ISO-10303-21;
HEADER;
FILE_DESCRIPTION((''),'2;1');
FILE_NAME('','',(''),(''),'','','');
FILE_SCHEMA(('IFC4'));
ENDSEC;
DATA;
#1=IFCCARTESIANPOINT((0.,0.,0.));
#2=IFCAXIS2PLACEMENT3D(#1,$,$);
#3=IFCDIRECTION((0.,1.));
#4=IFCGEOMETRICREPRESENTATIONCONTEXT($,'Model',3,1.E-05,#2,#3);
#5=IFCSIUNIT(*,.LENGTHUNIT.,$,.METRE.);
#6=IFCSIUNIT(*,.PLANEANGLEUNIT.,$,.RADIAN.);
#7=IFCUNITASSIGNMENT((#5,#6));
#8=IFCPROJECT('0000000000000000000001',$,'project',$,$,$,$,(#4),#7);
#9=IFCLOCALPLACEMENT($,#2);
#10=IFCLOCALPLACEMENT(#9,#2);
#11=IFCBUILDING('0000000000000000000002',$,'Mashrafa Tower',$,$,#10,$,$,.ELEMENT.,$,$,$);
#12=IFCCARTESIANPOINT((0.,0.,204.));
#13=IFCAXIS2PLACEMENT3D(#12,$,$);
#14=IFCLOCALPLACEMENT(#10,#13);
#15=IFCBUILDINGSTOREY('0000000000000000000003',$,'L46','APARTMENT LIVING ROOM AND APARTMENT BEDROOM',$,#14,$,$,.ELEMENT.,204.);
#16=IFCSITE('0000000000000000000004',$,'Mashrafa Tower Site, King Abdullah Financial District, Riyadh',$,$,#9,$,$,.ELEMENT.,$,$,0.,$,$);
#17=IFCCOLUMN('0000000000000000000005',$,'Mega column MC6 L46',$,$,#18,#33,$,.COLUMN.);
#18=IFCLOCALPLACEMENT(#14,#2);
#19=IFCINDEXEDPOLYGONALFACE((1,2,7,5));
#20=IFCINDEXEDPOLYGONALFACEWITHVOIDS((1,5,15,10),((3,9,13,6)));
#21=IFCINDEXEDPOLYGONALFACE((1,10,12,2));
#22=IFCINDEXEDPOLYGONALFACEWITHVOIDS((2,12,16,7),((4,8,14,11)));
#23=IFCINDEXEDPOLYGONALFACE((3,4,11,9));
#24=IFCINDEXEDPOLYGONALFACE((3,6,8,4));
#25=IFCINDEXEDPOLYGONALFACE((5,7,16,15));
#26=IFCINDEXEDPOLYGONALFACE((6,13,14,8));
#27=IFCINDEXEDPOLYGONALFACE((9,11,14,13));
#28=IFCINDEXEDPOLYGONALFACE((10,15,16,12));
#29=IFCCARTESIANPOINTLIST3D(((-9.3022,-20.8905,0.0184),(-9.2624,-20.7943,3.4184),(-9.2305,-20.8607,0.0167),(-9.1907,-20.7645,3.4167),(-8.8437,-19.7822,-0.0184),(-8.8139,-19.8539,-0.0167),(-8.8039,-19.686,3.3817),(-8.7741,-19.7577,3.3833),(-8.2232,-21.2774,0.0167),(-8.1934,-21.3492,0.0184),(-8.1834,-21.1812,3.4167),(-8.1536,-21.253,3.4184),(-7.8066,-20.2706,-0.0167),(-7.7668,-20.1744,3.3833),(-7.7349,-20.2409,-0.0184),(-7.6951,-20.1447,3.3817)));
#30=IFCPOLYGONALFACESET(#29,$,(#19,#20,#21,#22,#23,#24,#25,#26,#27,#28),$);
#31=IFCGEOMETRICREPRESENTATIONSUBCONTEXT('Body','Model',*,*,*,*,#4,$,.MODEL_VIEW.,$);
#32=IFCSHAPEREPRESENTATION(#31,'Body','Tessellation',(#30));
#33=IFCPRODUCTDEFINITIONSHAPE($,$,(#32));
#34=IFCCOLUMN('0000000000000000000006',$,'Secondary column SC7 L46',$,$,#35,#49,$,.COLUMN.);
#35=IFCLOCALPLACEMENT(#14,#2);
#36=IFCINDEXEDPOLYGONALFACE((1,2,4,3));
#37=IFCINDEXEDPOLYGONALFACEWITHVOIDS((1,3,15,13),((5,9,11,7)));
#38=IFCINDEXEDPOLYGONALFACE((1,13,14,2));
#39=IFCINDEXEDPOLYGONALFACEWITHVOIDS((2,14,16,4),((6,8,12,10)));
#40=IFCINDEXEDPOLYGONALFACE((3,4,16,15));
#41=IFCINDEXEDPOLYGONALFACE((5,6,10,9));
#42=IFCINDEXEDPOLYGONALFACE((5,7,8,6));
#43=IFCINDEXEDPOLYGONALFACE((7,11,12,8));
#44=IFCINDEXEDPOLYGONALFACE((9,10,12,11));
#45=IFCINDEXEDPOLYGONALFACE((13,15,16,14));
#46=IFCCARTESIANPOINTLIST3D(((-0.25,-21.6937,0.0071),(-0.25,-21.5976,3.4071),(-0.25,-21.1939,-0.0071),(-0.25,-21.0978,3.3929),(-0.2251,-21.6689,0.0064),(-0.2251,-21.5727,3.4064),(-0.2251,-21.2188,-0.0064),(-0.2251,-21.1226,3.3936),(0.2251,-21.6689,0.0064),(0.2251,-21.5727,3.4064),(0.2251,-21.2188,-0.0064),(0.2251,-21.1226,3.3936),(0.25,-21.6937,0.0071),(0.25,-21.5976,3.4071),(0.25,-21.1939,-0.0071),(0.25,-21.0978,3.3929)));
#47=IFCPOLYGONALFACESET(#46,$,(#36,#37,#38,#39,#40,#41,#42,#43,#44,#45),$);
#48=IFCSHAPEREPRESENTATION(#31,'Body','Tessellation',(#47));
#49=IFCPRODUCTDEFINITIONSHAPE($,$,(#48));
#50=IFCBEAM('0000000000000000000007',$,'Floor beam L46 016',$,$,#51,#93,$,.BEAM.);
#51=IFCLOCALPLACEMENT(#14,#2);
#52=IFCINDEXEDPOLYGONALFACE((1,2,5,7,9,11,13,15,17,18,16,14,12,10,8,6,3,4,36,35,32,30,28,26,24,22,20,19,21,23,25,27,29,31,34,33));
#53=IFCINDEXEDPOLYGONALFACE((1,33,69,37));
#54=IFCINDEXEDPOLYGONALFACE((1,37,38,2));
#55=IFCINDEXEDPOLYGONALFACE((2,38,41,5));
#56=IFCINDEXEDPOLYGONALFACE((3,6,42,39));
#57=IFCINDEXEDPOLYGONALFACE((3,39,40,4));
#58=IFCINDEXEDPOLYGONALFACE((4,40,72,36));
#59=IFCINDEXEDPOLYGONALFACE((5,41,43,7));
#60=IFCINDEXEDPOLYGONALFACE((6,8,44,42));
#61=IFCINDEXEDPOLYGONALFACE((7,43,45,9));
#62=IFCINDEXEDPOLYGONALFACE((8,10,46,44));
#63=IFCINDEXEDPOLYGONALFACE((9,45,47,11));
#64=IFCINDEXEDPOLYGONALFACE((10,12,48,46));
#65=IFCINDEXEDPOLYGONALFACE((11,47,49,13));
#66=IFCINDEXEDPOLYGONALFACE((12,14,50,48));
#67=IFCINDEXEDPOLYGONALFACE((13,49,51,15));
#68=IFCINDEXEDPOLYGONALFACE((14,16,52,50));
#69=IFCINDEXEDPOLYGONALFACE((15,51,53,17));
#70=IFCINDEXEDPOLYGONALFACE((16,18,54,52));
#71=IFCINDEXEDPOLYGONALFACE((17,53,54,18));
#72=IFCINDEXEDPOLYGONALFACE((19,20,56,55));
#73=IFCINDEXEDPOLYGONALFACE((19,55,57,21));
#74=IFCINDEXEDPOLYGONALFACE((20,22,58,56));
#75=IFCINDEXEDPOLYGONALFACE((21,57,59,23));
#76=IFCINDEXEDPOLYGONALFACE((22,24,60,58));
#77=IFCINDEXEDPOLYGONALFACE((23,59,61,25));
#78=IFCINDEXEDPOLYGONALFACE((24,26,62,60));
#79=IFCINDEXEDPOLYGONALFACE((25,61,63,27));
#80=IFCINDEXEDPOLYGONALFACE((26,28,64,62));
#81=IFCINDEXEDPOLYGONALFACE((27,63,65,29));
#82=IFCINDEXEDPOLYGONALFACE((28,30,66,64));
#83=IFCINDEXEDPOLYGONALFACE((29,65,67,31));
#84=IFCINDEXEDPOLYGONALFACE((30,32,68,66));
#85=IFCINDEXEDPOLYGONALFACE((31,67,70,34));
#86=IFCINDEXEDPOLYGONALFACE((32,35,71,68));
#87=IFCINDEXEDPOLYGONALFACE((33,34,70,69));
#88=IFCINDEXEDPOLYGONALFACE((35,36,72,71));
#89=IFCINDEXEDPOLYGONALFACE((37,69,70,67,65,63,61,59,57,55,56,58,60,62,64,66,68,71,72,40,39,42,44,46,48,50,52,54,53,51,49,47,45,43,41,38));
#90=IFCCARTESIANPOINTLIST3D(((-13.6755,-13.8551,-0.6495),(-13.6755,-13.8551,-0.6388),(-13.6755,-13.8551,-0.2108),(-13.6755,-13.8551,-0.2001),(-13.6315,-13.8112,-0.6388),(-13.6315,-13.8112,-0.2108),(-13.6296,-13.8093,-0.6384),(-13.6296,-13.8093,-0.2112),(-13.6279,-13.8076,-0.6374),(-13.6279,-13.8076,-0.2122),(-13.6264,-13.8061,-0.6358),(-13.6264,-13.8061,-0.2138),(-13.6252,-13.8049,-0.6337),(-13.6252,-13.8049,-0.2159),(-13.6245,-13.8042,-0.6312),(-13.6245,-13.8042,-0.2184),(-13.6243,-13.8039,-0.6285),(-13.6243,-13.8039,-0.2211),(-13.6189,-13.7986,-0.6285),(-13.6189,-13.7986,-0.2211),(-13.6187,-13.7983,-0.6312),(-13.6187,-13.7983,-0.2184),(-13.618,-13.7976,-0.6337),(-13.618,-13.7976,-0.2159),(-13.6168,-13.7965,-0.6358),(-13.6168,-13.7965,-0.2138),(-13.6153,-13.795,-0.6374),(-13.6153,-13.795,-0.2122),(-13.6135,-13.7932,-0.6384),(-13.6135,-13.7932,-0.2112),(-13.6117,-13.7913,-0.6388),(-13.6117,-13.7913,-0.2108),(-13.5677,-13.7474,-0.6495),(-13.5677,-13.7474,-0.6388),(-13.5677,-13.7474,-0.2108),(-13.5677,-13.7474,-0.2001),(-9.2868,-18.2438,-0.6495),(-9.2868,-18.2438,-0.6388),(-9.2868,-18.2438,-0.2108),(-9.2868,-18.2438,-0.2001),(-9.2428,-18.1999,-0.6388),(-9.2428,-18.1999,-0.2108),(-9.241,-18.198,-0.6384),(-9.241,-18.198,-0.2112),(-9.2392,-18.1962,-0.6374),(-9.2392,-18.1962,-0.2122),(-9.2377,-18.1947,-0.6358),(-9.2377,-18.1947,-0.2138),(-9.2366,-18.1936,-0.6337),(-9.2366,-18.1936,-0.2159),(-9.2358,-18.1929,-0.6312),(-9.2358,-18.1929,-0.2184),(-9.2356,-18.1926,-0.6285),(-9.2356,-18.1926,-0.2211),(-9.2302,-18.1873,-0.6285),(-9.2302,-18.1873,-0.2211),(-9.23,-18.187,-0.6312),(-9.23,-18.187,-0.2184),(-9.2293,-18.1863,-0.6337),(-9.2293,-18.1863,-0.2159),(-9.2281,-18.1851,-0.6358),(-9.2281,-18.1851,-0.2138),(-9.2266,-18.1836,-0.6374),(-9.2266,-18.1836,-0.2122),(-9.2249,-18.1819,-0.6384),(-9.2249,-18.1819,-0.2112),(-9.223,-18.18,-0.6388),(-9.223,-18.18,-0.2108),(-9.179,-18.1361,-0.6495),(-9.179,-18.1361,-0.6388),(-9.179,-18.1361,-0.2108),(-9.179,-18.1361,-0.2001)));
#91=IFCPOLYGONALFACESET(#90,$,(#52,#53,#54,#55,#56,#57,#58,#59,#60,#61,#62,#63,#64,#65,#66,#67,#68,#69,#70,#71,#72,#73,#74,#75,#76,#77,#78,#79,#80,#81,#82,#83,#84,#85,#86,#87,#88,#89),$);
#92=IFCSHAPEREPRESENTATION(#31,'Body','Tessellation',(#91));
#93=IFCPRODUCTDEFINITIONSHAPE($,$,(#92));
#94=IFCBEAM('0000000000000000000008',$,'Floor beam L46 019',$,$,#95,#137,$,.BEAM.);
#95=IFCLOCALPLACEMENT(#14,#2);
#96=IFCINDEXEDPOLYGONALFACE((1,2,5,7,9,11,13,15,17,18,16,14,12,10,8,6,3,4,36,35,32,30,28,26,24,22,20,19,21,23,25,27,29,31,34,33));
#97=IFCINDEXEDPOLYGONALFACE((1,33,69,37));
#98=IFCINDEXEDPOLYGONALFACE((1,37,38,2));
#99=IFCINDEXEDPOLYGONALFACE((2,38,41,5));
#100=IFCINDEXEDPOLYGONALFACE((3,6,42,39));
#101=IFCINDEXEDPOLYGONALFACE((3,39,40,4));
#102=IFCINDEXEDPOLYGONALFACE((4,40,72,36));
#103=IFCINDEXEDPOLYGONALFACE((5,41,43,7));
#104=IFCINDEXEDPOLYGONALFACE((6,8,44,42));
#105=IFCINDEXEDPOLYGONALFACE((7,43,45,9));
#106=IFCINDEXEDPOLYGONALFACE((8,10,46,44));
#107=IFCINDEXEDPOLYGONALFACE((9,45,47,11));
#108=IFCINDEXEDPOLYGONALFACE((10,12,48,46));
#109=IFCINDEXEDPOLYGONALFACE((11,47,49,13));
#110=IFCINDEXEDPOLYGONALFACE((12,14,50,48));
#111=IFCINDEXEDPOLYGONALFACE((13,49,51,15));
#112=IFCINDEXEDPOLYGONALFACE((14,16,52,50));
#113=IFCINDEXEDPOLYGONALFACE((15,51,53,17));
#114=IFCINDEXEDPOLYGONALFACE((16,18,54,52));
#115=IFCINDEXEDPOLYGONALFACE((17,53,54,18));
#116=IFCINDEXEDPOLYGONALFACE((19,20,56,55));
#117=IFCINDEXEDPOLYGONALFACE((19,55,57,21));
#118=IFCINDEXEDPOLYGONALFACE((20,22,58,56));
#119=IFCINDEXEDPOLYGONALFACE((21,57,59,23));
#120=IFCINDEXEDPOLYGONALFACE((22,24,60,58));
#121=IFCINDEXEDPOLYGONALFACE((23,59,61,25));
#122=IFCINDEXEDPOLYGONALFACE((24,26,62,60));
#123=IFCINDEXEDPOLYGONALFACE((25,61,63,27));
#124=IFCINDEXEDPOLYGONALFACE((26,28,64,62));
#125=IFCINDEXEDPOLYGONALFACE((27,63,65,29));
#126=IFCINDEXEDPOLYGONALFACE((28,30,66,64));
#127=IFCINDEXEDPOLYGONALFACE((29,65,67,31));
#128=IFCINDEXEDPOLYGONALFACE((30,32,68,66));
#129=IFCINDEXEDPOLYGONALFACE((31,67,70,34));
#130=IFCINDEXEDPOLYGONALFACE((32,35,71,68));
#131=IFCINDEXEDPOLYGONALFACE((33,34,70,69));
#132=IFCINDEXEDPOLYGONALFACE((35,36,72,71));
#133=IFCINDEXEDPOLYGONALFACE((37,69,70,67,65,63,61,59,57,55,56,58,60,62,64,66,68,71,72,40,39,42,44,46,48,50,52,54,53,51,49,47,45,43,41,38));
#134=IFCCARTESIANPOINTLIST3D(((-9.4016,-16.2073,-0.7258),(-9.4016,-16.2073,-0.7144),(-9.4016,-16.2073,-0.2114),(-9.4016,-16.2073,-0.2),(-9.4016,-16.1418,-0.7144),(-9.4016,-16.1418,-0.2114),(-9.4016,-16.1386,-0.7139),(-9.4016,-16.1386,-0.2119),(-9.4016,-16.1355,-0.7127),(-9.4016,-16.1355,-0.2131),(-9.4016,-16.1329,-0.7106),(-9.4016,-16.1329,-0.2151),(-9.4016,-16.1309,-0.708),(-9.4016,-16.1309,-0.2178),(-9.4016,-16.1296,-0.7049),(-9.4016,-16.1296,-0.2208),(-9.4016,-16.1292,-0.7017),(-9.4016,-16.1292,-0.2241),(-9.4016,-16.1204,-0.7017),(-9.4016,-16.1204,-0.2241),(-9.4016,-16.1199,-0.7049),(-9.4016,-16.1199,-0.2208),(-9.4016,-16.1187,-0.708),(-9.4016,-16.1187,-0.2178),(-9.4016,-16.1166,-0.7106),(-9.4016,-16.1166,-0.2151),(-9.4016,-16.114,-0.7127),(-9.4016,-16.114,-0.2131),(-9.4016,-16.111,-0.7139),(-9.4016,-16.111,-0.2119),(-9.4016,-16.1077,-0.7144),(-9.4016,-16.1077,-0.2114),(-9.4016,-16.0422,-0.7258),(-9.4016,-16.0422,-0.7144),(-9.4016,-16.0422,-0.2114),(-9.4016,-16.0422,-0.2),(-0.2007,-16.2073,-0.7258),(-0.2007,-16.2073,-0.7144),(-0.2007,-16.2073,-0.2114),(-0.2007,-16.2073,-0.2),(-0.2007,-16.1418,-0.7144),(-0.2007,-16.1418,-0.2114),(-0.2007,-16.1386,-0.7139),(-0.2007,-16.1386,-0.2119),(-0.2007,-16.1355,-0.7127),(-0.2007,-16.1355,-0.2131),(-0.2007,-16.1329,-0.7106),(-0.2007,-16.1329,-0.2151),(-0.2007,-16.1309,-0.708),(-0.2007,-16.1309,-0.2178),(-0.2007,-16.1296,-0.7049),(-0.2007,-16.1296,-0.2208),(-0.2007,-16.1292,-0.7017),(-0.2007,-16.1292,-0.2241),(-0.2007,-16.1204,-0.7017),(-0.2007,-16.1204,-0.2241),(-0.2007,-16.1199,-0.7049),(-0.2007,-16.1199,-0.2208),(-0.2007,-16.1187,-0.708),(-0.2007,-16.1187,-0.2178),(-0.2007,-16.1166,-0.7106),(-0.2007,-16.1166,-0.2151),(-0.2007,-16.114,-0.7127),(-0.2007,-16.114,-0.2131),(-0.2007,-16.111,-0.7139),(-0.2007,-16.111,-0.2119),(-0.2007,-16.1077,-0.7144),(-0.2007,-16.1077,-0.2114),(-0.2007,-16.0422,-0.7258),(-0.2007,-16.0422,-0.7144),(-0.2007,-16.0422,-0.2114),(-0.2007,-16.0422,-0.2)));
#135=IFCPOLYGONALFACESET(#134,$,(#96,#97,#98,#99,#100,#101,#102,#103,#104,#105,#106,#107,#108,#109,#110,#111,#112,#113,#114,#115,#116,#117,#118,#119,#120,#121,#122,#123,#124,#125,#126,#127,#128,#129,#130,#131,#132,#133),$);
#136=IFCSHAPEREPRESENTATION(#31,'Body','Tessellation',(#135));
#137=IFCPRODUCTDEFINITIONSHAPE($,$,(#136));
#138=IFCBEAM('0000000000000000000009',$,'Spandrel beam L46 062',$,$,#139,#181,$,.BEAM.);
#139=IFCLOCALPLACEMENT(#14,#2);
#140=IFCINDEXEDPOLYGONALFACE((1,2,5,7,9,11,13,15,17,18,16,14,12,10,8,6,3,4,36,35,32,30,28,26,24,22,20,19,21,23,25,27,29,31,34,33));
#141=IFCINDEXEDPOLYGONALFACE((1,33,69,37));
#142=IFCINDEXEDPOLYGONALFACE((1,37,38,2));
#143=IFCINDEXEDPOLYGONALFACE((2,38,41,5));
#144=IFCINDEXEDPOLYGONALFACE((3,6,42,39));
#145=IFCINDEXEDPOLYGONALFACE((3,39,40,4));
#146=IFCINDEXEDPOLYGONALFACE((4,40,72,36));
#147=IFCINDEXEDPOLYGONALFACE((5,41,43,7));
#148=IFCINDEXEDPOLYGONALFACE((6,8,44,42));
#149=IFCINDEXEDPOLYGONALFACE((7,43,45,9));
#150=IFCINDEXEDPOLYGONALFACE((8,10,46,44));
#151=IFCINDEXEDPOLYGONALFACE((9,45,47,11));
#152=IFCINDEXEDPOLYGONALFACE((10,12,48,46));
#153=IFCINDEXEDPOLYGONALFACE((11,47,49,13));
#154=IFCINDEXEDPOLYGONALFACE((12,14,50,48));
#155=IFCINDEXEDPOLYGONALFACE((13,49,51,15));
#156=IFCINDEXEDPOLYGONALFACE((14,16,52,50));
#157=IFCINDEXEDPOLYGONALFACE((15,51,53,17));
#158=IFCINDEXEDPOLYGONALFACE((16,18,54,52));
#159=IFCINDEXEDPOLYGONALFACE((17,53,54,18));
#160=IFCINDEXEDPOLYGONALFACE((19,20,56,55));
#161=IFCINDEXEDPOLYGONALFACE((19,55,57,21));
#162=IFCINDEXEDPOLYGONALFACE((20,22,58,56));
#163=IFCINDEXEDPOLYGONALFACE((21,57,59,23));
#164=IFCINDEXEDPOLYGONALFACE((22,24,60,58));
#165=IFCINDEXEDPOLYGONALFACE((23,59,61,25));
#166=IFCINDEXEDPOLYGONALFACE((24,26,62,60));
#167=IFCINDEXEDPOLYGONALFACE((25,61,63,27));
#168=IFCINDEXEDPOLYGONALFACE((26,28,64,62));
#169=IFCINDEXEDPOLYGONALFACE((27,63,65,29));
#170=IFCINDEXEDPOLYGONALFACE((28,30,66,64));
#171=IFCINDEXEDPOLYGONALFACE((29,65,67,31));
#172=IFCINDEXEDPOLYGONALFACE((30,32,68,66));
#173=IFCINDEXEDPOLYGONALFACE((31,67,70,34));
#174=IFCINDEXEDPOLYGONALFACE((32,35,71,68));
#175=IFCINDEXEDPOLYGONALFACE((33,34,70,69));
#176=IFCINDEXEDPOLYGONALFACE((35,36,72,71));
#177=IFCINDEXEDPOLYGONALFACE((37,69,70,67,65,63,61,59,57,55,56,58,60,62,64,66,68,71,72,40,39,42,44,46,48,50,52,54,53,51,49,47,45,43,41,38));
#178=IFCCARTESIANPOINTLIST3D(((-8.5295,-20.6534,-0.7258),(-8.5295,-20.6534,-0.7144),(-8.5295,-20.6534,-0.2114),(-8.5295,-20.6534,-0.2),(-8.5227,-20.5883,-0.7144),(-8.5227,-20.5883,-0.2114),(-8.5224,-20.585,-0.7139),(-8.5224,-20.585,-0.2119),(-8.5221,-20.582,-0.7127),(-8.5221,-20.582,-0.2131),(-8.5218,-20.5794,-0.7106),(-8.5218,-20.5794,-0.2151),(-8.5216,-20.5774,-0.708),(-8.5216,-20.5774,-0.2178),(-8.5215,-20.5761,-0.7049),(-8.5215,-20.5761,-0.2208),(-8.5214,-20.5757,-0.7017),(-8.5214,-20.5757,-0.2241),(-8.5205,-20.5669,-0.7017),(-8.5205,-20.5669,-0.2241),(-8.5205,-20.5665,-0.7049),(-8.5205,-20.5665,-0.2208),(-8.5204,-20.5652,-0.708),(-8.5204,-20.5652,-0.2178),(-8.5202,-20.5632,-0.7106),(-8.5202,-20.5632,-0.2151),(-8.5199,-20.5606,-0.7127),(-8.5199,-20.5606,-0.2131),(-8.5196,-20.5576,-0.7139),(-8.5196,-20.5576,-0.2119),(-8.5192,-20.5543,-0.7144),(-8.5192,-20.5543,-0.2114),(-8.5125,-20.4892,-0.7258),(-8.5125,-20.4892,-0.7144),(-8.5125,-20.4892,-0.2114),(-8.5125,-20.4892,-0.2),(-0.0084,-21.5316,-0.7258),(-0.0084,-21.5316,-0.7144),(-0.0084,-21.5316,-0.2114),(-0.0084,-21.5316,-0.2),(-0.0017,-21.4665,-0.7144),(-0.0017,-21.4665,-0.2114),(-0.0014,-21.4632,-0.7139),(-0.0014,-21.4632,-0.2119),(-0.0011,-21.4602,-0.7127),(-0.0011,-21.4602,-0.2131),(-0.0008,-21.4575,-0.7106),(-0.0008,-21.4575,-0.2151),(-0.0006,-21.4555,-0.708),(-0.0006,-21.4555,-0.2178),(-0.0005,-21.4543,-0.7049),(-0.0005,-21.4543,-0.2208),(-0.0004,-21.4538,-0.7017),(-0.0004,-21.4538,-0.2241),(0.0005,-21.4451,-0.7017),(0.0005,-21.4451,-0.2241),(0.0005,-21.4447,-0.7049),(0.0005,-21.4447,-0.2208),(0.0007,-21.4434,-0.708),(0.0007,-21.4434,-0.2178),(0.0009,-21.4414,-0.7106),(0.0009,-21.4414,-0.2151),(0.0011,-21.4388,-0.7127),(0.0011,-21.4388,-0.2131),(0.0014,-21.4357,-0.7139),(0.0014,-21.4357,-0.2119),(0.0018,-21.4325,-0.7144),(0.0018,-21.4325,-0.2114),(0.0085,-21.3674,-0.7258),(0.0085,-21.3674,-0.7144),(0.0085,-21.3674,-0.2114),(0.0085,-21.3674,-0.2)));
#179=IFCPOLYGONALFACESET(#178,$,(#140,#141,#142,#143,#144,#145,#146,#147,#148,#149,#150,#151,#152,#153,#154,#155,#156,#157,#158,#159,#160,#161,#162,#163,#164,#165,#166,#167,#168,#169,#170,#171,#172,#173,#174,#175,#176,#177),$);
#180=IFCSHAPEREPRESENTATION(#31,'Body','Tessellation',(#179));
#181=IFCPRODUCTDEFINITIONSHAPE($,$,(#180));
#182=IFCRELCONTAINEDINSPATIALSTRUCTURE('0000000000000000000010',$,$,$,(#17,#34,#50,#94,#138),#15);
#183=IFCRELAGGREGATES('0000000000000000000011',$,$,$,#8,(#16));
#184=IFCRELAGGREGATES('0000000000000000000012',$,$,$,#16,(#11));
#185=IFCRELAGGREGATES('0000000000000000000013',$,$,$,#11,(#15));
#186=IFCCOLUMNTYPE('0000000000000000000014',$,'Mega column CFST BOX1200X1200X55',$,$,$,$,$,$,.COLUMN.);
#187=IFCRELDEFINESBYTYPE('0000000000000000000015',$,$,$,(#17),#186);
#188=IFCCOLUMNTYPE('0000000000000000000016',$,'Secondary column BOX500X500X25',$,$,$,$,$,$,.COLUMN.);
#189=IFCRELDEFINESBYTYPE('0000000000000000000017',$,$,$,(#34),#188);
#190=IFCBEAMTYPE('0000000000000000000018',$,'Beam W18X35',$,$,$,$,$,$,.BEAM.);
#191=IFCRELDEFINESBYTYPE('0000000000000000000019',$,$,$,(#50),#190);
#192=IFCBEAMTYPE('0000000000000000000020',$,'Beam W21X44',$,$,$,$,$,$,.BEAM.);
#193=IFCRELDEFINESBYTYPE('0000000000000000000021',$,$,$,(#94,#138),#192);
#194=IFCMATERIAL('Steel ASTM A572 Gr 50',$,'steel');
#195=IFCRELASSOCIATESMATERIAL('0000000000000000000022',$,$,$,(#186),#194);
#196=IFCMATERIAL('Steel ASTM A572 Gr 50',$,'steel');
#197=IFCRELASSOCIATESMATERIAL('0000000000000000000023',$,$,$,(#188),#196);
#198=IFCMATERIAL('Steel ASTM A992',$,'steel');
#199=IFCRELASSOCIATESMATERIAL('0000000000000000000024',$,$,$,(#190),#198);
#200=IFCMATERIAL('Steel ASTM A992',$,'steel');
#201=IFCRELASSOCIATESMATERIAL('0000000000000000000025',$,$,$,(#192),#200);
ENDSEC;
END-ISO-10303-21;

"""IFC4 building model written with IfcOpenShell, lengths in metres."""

from ifc_helpers import new_model, si_unit, direction, frame, origin, origin_2d, place, context, subcontext, project, spatial, hollow_rectangle, i_section, extrude, material, material_profile, profile_set, type_object, element, save


model = new_model("IFC4")

# Units and contexts
model_context = context("Model", 3, precision=1e-05, world=origin(), true_north=direction((0.0, 1.0)))
body_context = subcontext(model_context, "Body", "Model", "MODEL_VIEW")
ifc_project = project(units=[si_unit("LENGTHUNIT", "METRE"), si_unit("PLANEANGLEUNIT", "RADIAN")], contexts=[model_context])

# Site, building, storey
site_placement = place(None, origin())
site = spatial("IfcSite", under=ifc_project, at=site_placement, Name="Mashrafa Tower Site, King Abdullah Financial District, Riyadh", CompositionType="ELEMENT", RefElevation=0.0)
building_placement = place(site_placement, origin())
building = spatial("IfcBuilding", under=site, at=building_placement, Name="Mashrafa Tower", CompositionType="ELEMENT")
storey_placement = place(building_placement, frame((0.0, 0.0, 204.0)))
storey = spatial("IfcBuildingStorey", under=building, at=storey_placement, Name="L46", Description="APARTMENT LIVING ROOM AND APARTMENT BEDROOM", CompositionType="ELEMENT", Elevation=204.0)

# Columns
ifc_material_1 = material(Name="Steel ASTM A572 Gr 50", Category="steel")
ifc_material_profile_1 = material_profile(ifc_material_1, hollow_rectangle(XDim=1.2, YDim=1.2, WallThickness=0.0549, at=origin_2d()), Name="BOX1200X1200X55")
ifc_profile_set_1 = profile_set([ifc_material_profile_1], Name="Steel ASTM A572 Gr 50")
column_type_1 = type_object("IfcColumnType", Name="Mega column CFST BOX1200X1200X55", PredefinedType="COLUMN", material=ifc_profile_set_1)
column_1_placement = place(storey_placement, frame((-8.5186, -20.5657, 0.0), z_axis=(0.011699, 0.028279, 0.999532), x_axis=(-0.924045, 0.382283, 0.0)))
element("IfcColumn", 1, at=column_1_placement, inside=storey, type_object=column_type_1, Name="Mega column MC6 L46", PredefinedType="COLUMN", context=body_context, shape_type="SweptSolid", body=[
    extrude(hollow_rectangle(XDim=1.2, YDim=1.2, WallThickness=0.0549, at=origin_2d()), origin(), (0.0, 0.0, 1.0), 3.4016),
])
ifc_material_2 = material(Name="Steel ASTM A572 Gr 50", Category="steel")
ifc_material_profile_2 = material_profile(ifc_material_2, hollow_rectangle(XDim=0.5, YDim=0.5, WallThickness=0.0249, at=origin_2d()), Name="BOX500X500X25")
ifc_profile_set_2 = profile_set([ifc_material_profile_2], Name="Steel ASTM A572 Gr 50")
column_type_2 = type_object("IfcColumnType", Name="Secondary column BOX500X500X25", PredefinedType="COLUMN", material=ifc_profile_set_2)
column_2_placement = place(storey_placement, frame((0.0, -21.4438, 0.0), z_axis=(0.0, 0.028281, 0.9996), x_axis=(-1.0, 0.0, 0.0)))
element("IfcColumn", 2, at=column_2_placement, inside=storey, type_object=column_type_2, Name="Secondary column SC7 L46", PredefinedType="COLUMN", context=body_context, shape_type="SweptSolid", body=[
    extrude(hollow_rectangle(XDim=0.5, YDim=0.5, WallThickness=0.0249, at=origin_2d()), origin(), (0.0, 0.0, 1.0), 3.4014),
])

# Beams
ifc_material_3 = material(Name="Steel ASTM A992", Category="steel")
ifc_material_profile_3 = material_profile(ifc_material_3, i_section(OverallWidth=0.1523, OverallDepth=0.4495, WebThickness=0.0076, FlangeThickness=0.0107, FilletRadius=0.0103, at=origin_2d()), Name="W18X35")
ifc_profile_set_3 = profile_set([ifc_material_profile_3], Name="Steel ASTM A992")
beam_type_1 = type_object("IfcBeamType", Name="Beam W18X35", PredefinedType="BEAM", material=ifc_profile_set_3)
beam_1_placement = place(storey_placement, frame((-9.2329, -18.1899, -0.4248), z_axis=(-0.707107, 0.707107, 0.0), x_axis=(-0.707107, -0.707107, 0.0)))
element("IfcBeam", 3, at=beam_1_placement, inside=storey, type_object=beam_type_1, Name="Floor beam L46 016", PredefinedType="BEAM", context=body_context, shape_type="SweptSolid", body=[
    extrude(i_section(OverallWidth=0.1523, OverallDepth=0.4495, WebThickness=0.0076, FlangeThickness=0.0107, FilletRadius=0.0103, at=origin_2d()), origin(), (0.0, 0.0, 1.0), 6.2065),
])
ifc_material_4 = material(Name="Steel ASTM A992", Category="steel")
ifc_material_profile_4 = material_profile(ifc_material_4, i_section(OverallWidth=0.165, OverallDepth=0.5259, WebThickness=0.0088, FlangeThickness=0.0115, FilletRadius=0.0127, at=origin_2d()), Name="W21X44")
ifc_profile_set_4 = profile_set([ifc_material_profile_4], Name="Steel ASTM A992")
beam_type_2 = type_object("IfcBeamType", Name="Beam W21X44", PredefinedType="BEAM", material=ifc_profile_set_4)
beam_2_placement = place(storey_placement, frame((-0.2007, -16.1248, -0.4629), z_axis=(-1.0, 0.0, 0.0), x_axis=(0.0, -1.0, 0.0)))
element("IfcBeam", 4, at=beam_2_placement, inside=storey, type_object=beam_type_2, Name="Floor beam L46 019", PredefinedType="BEAM", context=body_context, shape_type="SweptSolid", body=[
    extrude(i_section(OverallWidth=0.165, OverallDepth=0.5259, WebThickness=0.0088, FlangeThickness=0.0115, FilletRadius=0.0127, at=origin_2d()), origin(), (0.0, 0.0, 1.0), 9.2009),
])
beam_3_placement = place(storey_placement, frame((-8.521, -20.5713, -0.4629), z_axis=(0.994731, -0.102517, 0.0), x_axis=(0.102517, 0.994731, 0.0)))
element("IfcBeam", 5, at=beam_3_placement, inside=storey, type_object=beam_type_2, Name="Spandrel beam L46 062", PredefinedType="BEAM", context=body_context, shape_type="SweptSolid", body=[
    extrude(i_section(OverallWidth=0.165, OverallDepth=0.5259, WebThickness=0.0088, FlangeThickness=0.0115, FilletRadius=0.0127, at=origin_2d()), origin(), (0.0, 0.0, 1.0), 8.5662),
])

save(model, "model.ifc")
